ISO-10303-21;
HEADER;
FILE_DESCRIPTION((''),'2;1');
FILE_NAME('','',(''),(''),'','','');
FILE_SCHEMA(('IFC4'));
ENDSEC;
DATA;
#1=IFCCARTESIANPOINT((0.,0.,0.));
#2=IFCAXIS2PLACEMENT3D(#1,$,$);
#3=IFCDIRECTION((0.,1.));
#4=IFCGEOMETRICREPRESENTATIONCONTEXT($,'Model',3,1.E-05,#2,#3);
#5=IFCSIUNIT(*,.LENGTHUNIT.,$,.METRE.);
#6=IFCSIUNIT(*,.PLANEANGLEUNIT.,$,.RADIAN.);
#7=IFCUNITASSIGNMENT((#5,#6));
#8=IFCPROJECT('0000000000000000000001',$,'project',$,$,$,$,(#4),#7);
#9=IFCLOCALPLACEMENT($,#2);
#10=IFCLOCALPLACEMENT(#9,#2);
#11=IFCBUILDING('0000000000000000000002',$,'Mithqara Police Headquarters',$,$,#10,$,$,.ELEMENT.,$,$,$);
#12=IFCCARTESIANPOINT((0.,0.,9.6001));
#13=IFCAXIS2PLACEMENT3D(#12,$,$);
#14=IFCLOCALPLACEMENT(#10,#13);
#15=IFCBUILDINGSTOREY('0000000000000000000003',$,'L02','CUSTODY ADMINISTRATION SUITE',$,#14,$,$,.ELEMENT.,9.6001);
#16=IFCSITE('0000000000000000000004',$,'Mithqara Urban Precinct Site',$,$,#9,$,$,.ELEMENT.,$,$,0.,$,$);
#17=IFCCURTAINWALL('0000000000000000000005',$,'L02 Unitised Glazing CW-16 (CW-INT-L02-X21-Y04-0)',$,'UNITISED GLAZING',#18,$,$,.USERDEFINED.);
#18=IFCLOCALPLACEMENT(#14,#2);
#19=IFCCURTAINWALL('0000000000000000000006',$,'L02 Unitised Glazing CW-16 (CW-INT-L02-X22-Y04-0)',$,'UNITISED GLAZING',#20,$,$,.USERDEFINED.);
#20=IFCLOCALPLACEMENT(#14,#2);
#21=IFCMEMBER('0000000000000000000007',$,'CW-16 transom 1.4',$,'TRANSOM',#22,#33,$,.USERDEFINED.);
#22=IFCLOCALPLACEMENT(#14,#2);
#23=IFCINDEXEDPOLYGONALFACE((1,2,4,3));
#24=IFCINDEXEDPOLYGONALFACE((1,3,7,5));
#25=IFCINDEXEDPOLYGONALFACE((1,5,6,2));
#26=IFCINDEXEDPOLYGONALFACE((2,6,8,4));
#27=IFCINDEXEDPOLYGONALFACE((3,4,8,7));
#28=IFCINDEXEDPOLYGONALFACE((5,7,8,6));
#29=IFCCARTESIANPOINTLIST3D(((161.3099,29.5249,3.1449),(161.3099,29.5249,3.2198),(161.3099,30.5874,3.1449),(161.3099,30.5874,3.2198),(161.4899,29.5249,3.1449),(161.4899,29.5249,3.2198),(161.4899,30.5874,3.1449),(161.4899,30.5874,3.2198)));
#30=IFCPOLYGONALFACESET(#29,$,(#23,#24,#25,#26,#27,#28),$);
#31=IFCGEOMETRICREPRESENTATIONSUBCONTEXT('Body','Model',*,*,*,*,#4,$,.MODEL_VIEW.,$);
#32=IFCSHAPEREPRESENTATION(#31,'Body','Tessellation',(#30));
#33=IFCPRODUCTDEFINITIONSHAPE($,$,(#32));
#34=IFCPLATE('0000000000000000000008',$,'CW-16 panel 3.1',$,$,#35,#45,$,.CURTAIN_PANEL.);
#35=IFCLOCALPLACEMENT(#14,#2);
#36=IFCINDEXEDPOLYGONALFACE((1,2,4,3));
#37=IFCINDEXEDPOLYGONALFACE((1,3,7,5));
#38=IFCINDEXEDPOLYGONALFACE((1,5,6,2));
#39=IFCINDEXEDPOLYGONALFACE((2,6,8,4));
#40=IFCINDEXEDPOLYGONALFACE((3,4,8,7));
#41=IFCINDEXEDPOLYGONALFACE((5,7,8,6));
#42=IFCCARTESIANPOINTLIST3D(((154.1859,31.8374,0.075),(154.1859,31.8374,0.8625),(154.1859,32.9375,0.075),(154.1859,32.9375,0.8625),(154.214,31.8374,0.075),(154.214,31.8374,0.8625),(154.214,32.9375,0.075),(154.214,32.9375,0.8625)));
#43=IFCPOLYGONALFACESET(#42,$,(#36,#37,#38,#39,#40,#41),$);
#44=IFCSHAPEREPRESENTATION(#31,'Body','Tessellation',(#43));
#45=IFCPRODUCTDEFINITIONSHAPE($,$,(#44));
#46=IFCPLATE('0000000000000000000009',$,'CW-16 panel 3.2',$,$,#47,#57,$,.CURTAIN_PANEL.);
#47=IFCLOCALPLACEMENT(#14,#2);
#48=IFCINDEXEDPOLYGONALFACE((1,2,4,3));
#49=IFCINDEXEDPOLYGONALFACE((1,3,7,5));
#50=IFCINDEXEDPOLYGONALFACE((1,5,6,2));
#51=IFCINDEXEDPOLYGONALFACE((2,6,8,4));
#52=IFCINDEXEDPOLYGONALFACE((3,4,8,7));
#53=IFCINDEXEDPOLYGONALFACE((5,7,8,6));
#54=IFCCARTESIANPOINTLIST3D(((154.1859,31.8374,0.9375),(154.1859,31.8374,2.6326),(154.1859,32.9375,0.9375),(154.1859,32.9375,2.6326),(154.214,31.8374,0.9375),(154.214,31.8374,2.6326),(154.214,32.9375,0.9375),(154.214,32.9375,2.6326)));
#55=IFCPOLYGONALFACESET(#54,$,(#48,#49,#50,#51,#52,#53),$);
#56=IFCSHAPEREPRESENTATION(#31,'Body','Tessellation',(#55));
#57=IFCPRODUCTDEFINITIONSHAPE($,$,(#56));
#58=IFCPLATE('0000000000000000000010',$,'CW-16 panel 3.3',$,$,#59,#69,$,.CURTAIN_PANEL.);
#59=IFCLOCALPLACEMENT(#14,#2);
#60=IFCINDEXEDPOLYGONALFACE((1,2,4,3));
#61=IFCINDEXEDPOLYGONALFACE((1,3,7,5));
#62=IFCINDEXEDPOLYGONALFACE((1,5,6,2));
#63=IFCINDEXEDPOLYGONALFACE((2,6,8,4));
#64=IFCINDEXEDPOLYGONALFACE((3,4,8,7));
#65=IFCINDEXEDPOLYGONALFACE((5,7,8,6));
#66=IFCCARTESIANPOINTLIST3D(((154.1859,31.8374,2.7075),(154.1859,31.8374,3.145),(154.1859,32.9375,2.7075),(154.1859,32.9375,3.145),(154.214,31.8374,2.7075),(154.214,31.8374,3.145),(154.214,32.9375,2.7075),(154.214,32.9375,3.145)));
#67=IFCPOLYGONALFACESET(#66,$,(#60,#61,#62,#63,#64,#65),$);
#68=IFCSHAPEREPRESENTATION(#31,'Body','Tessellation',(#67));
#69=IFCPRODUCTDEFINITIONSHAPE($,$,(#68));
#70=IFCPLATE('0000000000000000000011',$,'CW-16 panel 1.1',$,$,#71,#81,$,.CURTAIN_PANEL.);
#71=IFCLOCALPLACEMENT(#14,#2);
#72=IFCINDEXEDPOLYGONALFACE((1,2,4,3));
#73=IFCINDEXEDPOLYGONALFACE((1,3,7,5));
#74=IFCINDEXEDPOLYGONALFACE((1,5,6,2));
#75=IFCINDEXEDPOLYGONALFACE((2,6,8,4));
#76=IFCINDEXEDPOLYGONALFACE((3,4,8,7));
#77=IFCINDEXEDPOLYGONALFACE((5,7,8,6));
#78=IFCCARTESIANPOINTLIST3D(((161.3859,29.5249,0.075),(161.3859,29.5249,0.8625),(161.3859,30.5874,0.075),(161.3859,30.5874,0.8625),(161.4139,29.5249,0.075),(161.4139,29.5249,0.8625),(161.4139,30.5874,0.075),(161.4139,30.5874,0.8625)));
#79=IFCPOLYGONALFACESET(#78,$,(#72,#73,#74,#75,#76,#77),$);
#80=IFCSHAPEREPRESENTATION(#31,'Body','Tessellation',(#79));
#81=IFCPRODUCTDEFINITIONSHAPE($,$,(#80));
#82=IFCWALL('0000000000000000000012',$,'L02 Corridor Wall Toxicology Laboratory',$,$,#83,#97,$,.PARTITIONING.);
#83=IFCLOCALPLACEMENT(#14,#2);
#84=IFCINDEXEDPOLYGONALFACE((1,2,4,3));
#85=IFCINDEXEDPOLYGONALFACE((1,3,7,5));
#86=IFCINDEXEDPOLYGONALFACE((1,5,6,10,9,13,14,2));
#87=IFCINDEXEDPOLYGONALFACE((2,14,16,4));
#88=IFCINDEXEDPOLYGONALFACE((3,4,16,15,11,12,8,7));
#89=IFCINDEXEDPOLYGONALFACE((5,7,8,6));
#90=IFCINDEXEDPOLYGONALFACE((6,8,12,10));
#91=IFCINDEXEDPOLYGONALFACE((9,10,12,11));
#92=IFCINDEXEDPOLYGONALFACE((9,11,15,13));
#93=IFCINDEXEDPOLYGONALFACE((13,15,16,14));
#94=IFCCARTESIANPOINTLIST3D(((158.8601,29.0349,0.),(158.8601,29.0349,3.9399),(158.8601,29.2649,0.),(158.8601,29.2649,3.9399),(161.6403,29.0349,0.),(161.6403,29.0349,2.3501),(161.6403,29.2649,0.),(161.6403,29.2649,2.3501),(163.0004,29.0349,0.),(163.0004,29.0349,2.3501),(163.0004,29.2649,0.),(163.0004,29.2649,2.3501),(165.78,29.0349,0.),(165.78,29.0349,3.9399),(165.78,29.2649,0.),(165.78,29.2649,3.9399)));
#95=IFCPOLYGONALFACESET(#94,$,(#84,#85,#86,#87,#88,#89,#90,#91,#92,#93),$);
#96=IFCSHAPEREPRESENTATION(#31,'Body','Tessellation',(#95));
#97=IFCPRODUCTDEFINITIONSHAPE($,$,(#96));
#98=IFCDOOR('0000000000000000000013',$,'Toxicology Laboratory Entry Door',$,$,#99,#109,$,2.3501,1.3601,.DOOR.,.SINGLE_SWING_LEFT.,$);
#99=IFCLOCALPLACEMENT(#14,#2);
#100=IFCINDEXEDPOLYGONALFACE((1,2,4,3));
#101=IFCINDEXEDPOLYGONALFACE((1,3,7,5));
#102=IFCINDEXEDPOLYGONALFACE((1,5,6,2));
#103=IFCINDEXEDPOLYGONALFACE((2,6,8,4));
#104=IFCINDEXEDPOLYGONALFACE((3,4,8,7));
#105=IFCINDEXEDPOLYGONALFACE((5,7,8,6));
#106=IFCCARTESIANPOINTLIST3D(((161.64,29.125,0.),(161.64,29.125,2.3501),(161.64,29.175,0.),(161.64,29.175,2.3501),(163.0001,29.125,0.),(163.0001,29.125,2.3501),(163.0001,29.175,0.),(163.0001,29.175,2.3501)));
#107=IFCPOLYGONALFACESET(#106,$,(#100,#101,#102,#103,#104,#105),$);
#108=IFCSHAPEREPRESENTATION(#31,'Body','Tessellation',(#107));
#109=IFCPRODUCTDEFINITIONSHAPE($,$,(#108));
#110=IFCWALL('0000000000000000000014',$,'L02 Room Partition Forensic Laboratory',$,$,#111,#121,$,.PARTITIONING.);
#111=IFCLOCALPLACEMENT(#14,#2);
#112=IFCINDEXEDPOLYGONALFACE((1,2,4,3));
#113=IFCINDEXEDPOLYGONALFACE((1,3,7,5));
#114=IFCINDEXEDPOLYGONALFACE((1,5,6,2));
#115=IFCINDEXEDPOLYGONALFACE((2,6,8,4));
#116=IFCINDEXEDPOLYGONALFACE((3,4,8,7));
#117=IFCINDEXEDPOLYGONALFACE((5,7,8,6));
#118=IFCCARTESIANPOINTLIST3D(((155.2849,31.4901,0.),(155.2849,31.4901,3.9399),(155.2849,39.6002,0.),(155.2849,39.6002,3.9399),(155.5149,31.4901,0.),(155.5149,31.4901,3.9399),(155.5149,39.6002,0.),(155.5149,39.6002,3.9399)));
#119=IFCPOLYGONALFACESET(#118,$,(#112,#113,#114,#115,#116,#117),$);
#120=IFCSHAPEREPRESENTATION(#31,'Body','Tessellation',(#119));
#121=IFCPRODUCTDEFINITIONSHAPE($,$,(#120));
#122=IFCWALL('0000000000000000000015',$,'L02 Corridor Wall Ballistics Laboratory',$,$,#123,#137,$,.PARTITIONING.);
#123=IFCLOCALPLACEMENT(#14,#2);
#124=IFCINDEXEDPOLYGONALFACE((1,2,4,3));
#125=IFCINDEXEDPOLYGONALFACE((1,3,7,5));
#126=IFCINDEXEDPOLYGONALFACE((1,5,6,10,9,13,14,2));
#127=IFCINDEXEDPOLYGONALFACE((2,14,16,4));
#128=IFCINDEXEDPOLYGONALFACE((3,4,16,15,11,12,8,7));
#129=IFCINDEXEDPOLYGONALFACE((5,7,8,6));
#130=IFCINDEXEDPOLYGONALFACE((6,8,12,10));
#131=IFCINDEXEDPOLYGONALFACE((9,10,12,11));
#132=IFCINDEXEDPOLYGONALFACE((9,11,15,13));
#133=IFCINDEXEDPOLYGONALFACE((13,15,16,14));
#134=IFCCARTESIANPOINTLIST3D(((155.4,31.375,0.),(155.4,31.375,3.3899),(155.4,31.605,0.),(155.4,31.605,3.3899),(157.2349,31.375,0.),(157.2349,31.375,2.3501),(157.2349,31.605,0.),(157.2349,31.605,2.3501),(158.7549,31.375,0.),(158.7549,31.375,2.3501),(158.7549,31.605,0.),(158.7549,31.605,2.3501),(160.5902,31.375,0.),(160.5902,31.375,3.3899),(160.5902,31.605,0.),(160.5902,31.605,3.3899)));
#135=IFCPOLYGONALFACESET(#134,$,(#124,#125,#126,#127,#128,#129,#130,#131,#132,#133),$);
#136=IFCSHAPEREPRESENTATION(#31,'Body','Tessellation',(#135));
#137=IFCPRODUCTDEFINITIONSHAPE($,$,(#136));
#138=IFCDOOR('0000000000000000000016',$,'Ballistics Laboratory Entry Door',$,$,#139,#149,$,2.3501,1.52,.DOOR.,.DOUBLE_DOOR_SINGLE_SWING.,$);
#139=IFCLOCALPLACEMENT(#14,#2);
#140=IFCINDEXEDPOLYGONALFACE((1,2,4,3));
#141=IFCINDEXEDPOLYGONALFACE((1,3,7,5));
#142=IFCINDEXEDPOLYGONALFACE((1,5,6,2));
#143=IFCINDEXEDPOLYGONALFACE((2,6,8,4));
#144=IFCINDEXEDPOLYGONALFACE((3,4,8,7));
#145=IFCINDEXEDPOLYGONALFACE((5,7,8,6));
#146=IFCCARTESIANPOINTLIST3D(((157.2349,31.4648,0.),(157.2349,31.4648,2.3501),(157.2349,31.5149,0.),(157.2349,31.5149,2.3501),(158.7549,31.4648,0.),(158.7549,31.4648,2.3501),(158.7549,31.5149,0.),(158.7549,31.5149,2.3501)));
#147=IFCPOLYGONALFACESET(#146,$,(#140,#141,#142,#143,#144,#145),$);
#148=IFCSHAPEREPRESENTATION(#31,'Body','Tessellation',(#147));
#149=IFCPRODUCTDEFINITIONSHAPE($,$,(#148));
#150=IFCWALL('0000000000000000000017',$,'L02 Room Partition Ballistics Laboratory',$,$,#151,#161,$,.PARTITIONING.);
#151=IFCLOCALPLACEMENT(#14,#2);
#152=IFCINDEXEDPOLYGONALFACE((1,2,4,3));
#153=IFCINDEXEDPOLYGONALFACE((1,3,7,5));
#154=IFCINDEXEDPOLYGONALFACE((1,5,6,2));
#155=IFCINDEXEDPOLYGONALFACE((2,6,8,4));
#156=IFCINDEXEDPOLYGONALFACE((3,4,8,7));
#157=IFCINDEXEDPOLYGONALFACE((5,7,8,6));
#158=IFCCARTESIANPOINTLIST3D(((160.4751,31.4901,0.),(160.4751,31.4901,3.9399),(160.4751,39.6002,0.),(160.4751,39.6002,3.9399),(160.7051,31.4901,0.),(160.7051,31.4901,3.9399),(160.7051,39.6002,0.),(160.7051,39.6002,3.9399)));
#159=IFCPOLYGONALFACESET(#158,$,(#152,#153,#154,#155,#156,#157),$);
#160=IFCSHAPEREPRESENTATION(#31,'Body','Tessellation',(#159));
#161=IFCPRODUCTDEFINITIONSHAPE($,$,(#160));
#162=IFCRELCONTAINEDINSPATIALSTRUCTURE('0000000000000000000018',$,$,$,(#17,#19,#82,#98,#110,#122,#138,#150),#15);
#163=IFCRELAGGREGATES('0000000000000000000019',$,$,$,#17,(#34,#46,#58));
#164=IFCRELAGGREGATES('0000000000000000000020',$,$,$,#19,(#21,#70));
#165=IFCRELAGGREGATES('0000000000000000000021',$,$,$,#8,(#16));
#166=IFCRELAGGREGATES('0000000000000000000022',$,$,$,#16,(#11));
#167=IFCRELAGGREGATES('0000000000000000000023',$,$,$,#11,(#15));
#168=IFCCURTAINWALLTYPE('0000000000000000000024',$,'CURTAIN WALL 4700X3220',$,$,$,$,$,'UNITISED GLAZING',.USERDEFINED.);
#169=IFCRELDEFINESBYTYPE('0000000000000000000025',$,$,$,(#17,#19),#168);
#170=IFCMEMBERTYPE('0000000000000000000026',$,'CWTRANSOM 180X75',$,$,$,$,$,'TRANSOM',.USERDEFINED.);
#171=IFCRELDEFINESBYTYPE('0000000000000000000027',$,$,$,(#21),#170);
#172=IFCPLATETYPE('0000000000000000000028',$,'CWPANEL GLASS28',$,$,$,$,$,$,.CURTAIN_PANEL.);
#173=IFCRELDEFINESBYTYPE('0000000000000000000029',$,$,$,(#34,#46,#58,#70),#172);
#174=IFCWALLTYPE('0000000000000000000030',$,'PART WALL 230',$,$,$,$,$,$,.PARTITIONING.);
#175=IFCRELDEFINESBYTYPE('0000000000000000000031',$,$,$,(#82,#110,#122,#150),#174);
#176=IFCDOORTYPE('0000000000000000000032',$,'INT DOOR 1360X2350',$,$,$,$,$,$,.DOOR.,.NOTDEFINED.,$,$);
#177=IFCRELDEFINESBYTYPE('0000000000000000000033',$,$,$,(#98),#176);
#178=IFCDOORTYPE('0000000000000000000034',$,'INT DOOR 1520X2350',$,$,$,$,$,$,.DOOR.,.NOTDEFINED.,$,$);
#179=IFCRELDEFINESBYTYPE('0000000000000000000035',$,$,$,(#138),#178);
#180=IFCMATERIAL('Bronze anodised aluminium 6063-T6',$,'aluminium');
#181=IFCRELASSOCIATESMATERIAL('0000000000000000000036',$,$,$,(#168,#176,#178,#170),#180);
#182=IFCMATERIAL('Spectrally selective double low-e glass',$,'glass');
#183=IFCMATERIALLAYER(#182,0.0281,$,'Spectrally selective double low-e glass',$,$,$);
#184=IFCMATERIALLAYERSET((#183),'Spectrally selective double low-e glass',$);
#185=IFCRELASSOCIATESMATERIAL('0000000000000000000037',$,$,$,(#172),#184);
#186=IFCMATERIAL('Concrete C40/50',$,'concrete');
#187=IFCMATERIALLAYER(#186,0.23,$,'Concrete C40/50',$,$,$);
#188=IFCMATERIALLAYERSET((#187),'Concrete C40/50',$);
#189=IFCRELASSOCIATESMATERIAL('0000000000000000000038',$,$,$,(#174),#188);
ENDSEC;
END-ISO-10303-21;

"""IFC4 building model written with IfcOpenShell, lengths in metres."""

from ifc_helpers import new_model, si_unit, direction, frame, frame_2d, origin, origin_2d, place, context, subcontext, project, spatial, rectangle, extrude, material, layer, layer_set, material_profile, profile_set, type_object, element, fill, aggregate, save


model = new_model("IFC4")

# Units and contexts
model_context = context("Model", 3, precision=1e-05, world=origin(), true_north=direction((0.0, 1.0)))
body_context = subcontext(model_context, "Body", "Model", "MODEL_VIEW")
ifc_project = project(units=[si_unit("LENGTHUNIT", "METRE"), si_unit("PLANEANGLEUNIT", "RADIAN")], contexts=[model_context])

# Site, building, storey
site_placement = place(None, origin())
site = spatial("IfcSite", under=ifc_project, at=site_placement, Name="Mithqara Urban Precinct Site", CompositionType="ELEMENT", RefElevation=0.0)
building_placement = place(site_placement, origin())
building = spatial("IfcBuilding", under=site, at=building_placement, Name="Mithqara Police Headquarters", CompositionType="ELEMENT")
storey_placement = place(building_placement, frame((0.0, 0.0, 9.6001)))
storey = spatial("IfcBuildingStorey", under=building, at=storey_placement, Name="L02", Description="CUSTODY ADMINISTRATION SUITE", CompositionType="ELEMENT", Elevation=9.6001)

# Curtain walls
ifc_material_1 = material(Name="Bronze anodised aluminium 6063-T6", Category="aluminium")
curtain_wall_type = type_object("IfcCurtainWallType", Name="CURTAIN WALL 4700X3220", ElementType="UNITISED GLAZING", PredefinedType="USERDEFINED", material=ifc_material_1)
curtain_wall_1_placement = place(storey_placement, origin())
curtain_wall_1 = element("IfcCurtainWall", 1, at=curtain_wall_1_placement, inside=storey, type_object=curtain_wall_type, Name="L02 Unitised Glazing CW-16 (CW-INT-L02-X21-Y04-0)", ObjectType="UNITISED GLAZING", PredefinedType="USERDEFINED")
curtain_wall_2_placement = place(storey_placement, origin())
curtain_wall_2 = element("IfcCurtainWall", 2, at=curtain_wall_2_placement, inside=storey, type_object=curtain_wall_type, Name="L02 Unitised Glazing CW-16 (CW-INT-L02-X22-Y04-0)", ObjectType="UNITISED GLAZING", PredefinedType="USERDEFINED")

# Member
ifc_material_profile_1 = material_profile(ifc_material_1, rectangle(XDim=0.1799, YDim=0.075, at=origin_2d()), Name="CWT 180x75")
ifc_profile_set_1 = profile_set([ifc_material_profile_1], Name="Bronze anodised aluminium 6063-T6")
member_type_1 = type_object("IfcMemberType", Name="CWTRANSOM 180X75", ElementType="TRANSOM", PredefinedType="USERDEFINED", material=ifc_profile_set_1)
member_1_placement = place(storey_placement, frame((161.3999, 29.5249, 3.1824), z_axis=(0.0, 1.0, 0.0), x_axis=(-1.0, 0.0, 0.0)))
member_1 = element("IfcMember", 3, at=member_1_placement, type_object=member_type_1, Name="CW-16 transom 1.4", ObjectType="TRANSOM", PredefinedType="USERDEFINED", context=body_context, shape_type="SweptSolid", body=[
    extrude(rectangle(XDim=0.1799, YDim=0.075, at=origin_2d()), origin(), (0.0, 0.0, 1.0), 1.0625),
])

# Plates
ifc_material_2 = material(Name="Spectrally selective double low-e glass", Category="glass")
ifc_layer_1 = layer(ifc_material_2, 0.0281, Name="Spectrally selective double low-e glass")
ifc_layer_set_1 = layer_set([ifc_layer_1], Name="Spectrally selective double low-e glass")
plate_type = type_object("IfcPlateType", Name="CWPANEL GLASS28", PredefinedType="CURTAIN_PANEL", material=ifc_layer_set_1)
plate_1_placement = place(storey_placement, frame((154.2, 32.3875, 0.075), z_axis=(0.0, 0.0, 1.0), x_axis=(0.0, 1.0, 0.0)))
plate_1 = element("IfcPlate", 4, at=plate_1_placement, type_object=plate_type, Name="CW-16 panel 3.1", PredefinedType="CURTAIN_PANEL", context=body_context, shape_type="SweptSolid", body=[
    extrude(rectangle(XDim=1.1001, YDim=0.0281, at=origin_2d()), origin(), (0.0, 0.0, 1.0), 0.7876),
])
plate_2_placement = place(storey_placement, frame((154.2, 32.3875, 0.9375), z_axis=(0.0, 0.0, 1.0), x_axis=(0.0, 1.0, 0.0)))
plate_2 = element("IfcPlate", 5, at=plate_2_placement, type_object=plate_type, Name="CW-16 panel 3.2", PredefinedType="CURTAIN_PANEL", context=body_context, shape_type="SweptSolid", body=[
    extrude(rectangle(XDim=1.1001, YDim=0.0281, at=origin_2d()), origin(), (0.0, 0.0, 1.0), 1.6951),
])
plate_3_placement = place(storey_placement, frame((154.2, 32.3875, 2.7075), z_axis=(0.0, 0.0, 1.0), x_axis=(0.0, 1.0, 0.0)))
plate_3 = element("IfcPlate", 6, at=plate_3_placement, type_object=plate_type, Name="CW-16 panel 3.3", PredefinedType="CURTAIN_PANEL", context=body_context, shape_type="SweptSolid", body=[
    extrude(rectangle(XDim=1.1001, YDim=0.0281, at=origin_2d()), origin(), (0.0, 0.0, 1.0), 0.4375),
])
aggregate(curtain_wall_1, [plate_1, plate_2, plate_3])
plate_4_placement = place(storey_placement, frame((161.3999, 30.0562, 0.075), z_axis=(0.0, 0.0, 1.0), x_axis=(0.0, 1.0, 0.0)))
plate_4 = element("IfcPlate", 7, at=plate_4_placement, type_object=plate_type, Name="CW-16 panel 1.1", PredefinedType="CURTAIN_PANEL", context=body_context, shape_type="SweptSolid", body=[
    extrude(rectangle(XDim=1.0625, YDim=0.0281, at=origin_2d()), origin(), (0.0, 0.0, 1.0), 0.7876),
])
aggregate(curtain_wall_2, [member_1, plate_4])

# Wall, opening, door
ifc_material_3 = material(Name="Concrete C40/50", Category="concrete")
ifc_layer_2 = layer(ifc_material_3, 0.23, Name="Concrete C40/50")
ifc_layer_set_2 = layer_set([ifc_layer_2], Name="Concrete C40/50")
wall_type = type_object("IfcWallType", Name="PART WALL 230", PredefinedType="PARTITIONING", material=ifc_layer_set_2)
wall_1_placement = place(storey_placement, frame((158.8601, 29.1499, 0.0), z_axis=(0.0, 0.0, 1.0), x_axis=(1.0, 0.0, 0.0)))
wall_1 = element("IfcWall", 8, at=wall_1_placement, inside=storey, type_object=wall_type, Name="L02 Corridor Wall Toxicology Laboratory", PredefinedType="PARTITIONING", context=body_context, shape_type="SweptSolid", body=[
    extrude(rectangle(XDim=6.9199, YDim=0.23, at=frame_2d((3.46, 0.0))), origin(), (0.0, 0.0, 1.0), 3.9399),
])
opening_1_placement = place(wall_1_placement, frame((2.78, 0.0, 0.0)))
opening_1 = element("IfcOpeningElement", 9, at=opening_1_placement, cuts=wall_1, PredefinedType="OPENING", context=body_context, shape_type="SweptSolid", body=[
    extrude(rectangle(XDim=1.3601, YDim=2.3501, at=frame_2d((0.6802, 1.175))), frame((0.0, 0.125, 0.0), z_axis=(0.0, -1.0, 0.0), x_axis=(1.0, 0.0, 0.0)), (0.0, 0.0, 1.0), 0.25),
])
door_type_1 = type_object("IfcDoorType", Name="INT DOOR 1360X2350", OperationType="NOTDEFINED", PredefinedType="DOOR", material=ifc_material_1)
door_1_placement = place(opening_1_placement, frame((1.3601, 0.0, 0.0), z_axis=(0.0, 0.0, 1.0), x_axis=(-1.0, 0.0, 0.0)))
door_1 = element("IfcDoor", 10, at=door_1_placement, inside=storey, type_object=door_type_1, Name="Toxicology Laboratory Entry Door", OperationType="SINGLE_SWING_LEFT", OverallHeight=2.3501, OverallWidth=1.3601, PredefinedType="DOOR", context=body_context, shape_type="SweptSolid", body=[
    extrude(rectangle(XDim=1.3601, YDim=2.3501, at=frame_2d((0.6802, 1.175))), frame((0.0, 0.0249, 0.0), z_axis=(0.0, -1.0, 0.0), x_axis=(1.0, 0.0, 0.0)), (0.0, 0.0, 1.0), 0.05),
])
fill(opening_1, door_1)

# Wall
wall_2_placement = place(storey_placement, frame((155.3999, 31.49, 0.0), z_axis=(0.0, 0.0, 1.0), x_axis=(0.0, 1.0, 0.0)))
element("IfcWall", 11, at=wall_2_placement, inside=storey, type_object=wall_type, Name="L02 Room Partition Forensic Laboratory", PredefinedType="PARTITIONING", context=body_context, shape_type="SweptSolid", body=[
    extrude(rectangle(XDim=8.1101, YDim=0.23, at=frame_2d((4.0552, 0.0))), origin(), (0.0, 0.0, 1.0), 3.9399),
])

# Wall, opening, door
wall_3_placement = place(storey_placement, frame((155.3999, 31.49, 0.0), z_axis=(0.0, 0.0, 1.0), x_axis=(1.0, 0.0, 0.0)))
wall_3 = element("IfcWall", 12, at=wall_3_placement, inside=storey, type_object=wall_type, Name="L02 Corridor Wall Ballistics Laboratory", PredefinedType="PARTITIONING", context=body_context, shape_type="SweptSolid", body=[
    extrude(rectangle(XDim=5.1902, YDim=0.23, at=frame_2d((2.5952, 0.0))), origin(), (0.0, 0.0, 1.0), 3.3899),
])
opening_2_placement = place(wall_3_placement, frame((1.835, 0.0, 0.0)))
opening_2 = element("IfcOpeningElement", 13, at=opening_2_placement, cuts=wall_3, PredefinedType="OPENING", context=body_context, shape_type="SweptSolid", body=[
    extrude(rectangle(XDim=1.52, YDim=2.3501, at=frame_2d((0.76, 1.175))), frame((0.0, 0.125, 0.0), z_axis=(0.0, -1.0, 0.0), x_axis=(1.0, 0.0, 0.0)), (0.0, 0.0, 1.0), 0.25),
])
door_type_2 = type_object("IfcDoorType", Name="INT DOOR 1520X2350", OperationType="NOTDEFINED", PredefinedType="DOOR", material=ifc_material_1)
door_2_placement = place(opening_2_placement, origin())
door_2 = element("IfcDoor", 14, at=door_2_placement, inside=storey, type_object=door_type_2, Name="Ballistics Laboratory Entry Door", OperationType="DOUBLE_DOOR_SINGLE_SWING", OverallHeight=2.3501, OverallWidth=1.52, PredefinedType="DOOR", context=body_context, shape_type="SweptSolid", body=[
    extrude(rectangle(XDim=1.52, YDim=2.3501, at=frame_2d((0.76, 1.175))), frame((0.0, 0.0249, 0.0), z_axis=(0.0, -1.0, 0.0), x_axis=(1.0, 0.0, 0.0)), (0.0, 0.0, 1.0), 0.05),
])
fill(opening_2, door_2)

# Wall
wall_4_placement = place(storey_placement, frame((160.5901, 31.49, 0.0), z_axis=(0.0, 0.0, 1.0), x_axis=(0.0, 1.0, 0.0)))
element("IfcWall", 15, at=wall_4_placement, inside=storey, type_object=wall_type, Name="L02 Room Partition Ballistics Laboratory", PredefinedType="PARTITIONING", context=body_context, shape_type="SweptSolid", body=[
    extrude(rectangle(XDim=8.1101, YDim=0.23, at=frame_2d((4.0552, 0.0))), origin(), (0.0, 0.0, 1.0), 3.9399),
])

save(model, "model.ifc")
